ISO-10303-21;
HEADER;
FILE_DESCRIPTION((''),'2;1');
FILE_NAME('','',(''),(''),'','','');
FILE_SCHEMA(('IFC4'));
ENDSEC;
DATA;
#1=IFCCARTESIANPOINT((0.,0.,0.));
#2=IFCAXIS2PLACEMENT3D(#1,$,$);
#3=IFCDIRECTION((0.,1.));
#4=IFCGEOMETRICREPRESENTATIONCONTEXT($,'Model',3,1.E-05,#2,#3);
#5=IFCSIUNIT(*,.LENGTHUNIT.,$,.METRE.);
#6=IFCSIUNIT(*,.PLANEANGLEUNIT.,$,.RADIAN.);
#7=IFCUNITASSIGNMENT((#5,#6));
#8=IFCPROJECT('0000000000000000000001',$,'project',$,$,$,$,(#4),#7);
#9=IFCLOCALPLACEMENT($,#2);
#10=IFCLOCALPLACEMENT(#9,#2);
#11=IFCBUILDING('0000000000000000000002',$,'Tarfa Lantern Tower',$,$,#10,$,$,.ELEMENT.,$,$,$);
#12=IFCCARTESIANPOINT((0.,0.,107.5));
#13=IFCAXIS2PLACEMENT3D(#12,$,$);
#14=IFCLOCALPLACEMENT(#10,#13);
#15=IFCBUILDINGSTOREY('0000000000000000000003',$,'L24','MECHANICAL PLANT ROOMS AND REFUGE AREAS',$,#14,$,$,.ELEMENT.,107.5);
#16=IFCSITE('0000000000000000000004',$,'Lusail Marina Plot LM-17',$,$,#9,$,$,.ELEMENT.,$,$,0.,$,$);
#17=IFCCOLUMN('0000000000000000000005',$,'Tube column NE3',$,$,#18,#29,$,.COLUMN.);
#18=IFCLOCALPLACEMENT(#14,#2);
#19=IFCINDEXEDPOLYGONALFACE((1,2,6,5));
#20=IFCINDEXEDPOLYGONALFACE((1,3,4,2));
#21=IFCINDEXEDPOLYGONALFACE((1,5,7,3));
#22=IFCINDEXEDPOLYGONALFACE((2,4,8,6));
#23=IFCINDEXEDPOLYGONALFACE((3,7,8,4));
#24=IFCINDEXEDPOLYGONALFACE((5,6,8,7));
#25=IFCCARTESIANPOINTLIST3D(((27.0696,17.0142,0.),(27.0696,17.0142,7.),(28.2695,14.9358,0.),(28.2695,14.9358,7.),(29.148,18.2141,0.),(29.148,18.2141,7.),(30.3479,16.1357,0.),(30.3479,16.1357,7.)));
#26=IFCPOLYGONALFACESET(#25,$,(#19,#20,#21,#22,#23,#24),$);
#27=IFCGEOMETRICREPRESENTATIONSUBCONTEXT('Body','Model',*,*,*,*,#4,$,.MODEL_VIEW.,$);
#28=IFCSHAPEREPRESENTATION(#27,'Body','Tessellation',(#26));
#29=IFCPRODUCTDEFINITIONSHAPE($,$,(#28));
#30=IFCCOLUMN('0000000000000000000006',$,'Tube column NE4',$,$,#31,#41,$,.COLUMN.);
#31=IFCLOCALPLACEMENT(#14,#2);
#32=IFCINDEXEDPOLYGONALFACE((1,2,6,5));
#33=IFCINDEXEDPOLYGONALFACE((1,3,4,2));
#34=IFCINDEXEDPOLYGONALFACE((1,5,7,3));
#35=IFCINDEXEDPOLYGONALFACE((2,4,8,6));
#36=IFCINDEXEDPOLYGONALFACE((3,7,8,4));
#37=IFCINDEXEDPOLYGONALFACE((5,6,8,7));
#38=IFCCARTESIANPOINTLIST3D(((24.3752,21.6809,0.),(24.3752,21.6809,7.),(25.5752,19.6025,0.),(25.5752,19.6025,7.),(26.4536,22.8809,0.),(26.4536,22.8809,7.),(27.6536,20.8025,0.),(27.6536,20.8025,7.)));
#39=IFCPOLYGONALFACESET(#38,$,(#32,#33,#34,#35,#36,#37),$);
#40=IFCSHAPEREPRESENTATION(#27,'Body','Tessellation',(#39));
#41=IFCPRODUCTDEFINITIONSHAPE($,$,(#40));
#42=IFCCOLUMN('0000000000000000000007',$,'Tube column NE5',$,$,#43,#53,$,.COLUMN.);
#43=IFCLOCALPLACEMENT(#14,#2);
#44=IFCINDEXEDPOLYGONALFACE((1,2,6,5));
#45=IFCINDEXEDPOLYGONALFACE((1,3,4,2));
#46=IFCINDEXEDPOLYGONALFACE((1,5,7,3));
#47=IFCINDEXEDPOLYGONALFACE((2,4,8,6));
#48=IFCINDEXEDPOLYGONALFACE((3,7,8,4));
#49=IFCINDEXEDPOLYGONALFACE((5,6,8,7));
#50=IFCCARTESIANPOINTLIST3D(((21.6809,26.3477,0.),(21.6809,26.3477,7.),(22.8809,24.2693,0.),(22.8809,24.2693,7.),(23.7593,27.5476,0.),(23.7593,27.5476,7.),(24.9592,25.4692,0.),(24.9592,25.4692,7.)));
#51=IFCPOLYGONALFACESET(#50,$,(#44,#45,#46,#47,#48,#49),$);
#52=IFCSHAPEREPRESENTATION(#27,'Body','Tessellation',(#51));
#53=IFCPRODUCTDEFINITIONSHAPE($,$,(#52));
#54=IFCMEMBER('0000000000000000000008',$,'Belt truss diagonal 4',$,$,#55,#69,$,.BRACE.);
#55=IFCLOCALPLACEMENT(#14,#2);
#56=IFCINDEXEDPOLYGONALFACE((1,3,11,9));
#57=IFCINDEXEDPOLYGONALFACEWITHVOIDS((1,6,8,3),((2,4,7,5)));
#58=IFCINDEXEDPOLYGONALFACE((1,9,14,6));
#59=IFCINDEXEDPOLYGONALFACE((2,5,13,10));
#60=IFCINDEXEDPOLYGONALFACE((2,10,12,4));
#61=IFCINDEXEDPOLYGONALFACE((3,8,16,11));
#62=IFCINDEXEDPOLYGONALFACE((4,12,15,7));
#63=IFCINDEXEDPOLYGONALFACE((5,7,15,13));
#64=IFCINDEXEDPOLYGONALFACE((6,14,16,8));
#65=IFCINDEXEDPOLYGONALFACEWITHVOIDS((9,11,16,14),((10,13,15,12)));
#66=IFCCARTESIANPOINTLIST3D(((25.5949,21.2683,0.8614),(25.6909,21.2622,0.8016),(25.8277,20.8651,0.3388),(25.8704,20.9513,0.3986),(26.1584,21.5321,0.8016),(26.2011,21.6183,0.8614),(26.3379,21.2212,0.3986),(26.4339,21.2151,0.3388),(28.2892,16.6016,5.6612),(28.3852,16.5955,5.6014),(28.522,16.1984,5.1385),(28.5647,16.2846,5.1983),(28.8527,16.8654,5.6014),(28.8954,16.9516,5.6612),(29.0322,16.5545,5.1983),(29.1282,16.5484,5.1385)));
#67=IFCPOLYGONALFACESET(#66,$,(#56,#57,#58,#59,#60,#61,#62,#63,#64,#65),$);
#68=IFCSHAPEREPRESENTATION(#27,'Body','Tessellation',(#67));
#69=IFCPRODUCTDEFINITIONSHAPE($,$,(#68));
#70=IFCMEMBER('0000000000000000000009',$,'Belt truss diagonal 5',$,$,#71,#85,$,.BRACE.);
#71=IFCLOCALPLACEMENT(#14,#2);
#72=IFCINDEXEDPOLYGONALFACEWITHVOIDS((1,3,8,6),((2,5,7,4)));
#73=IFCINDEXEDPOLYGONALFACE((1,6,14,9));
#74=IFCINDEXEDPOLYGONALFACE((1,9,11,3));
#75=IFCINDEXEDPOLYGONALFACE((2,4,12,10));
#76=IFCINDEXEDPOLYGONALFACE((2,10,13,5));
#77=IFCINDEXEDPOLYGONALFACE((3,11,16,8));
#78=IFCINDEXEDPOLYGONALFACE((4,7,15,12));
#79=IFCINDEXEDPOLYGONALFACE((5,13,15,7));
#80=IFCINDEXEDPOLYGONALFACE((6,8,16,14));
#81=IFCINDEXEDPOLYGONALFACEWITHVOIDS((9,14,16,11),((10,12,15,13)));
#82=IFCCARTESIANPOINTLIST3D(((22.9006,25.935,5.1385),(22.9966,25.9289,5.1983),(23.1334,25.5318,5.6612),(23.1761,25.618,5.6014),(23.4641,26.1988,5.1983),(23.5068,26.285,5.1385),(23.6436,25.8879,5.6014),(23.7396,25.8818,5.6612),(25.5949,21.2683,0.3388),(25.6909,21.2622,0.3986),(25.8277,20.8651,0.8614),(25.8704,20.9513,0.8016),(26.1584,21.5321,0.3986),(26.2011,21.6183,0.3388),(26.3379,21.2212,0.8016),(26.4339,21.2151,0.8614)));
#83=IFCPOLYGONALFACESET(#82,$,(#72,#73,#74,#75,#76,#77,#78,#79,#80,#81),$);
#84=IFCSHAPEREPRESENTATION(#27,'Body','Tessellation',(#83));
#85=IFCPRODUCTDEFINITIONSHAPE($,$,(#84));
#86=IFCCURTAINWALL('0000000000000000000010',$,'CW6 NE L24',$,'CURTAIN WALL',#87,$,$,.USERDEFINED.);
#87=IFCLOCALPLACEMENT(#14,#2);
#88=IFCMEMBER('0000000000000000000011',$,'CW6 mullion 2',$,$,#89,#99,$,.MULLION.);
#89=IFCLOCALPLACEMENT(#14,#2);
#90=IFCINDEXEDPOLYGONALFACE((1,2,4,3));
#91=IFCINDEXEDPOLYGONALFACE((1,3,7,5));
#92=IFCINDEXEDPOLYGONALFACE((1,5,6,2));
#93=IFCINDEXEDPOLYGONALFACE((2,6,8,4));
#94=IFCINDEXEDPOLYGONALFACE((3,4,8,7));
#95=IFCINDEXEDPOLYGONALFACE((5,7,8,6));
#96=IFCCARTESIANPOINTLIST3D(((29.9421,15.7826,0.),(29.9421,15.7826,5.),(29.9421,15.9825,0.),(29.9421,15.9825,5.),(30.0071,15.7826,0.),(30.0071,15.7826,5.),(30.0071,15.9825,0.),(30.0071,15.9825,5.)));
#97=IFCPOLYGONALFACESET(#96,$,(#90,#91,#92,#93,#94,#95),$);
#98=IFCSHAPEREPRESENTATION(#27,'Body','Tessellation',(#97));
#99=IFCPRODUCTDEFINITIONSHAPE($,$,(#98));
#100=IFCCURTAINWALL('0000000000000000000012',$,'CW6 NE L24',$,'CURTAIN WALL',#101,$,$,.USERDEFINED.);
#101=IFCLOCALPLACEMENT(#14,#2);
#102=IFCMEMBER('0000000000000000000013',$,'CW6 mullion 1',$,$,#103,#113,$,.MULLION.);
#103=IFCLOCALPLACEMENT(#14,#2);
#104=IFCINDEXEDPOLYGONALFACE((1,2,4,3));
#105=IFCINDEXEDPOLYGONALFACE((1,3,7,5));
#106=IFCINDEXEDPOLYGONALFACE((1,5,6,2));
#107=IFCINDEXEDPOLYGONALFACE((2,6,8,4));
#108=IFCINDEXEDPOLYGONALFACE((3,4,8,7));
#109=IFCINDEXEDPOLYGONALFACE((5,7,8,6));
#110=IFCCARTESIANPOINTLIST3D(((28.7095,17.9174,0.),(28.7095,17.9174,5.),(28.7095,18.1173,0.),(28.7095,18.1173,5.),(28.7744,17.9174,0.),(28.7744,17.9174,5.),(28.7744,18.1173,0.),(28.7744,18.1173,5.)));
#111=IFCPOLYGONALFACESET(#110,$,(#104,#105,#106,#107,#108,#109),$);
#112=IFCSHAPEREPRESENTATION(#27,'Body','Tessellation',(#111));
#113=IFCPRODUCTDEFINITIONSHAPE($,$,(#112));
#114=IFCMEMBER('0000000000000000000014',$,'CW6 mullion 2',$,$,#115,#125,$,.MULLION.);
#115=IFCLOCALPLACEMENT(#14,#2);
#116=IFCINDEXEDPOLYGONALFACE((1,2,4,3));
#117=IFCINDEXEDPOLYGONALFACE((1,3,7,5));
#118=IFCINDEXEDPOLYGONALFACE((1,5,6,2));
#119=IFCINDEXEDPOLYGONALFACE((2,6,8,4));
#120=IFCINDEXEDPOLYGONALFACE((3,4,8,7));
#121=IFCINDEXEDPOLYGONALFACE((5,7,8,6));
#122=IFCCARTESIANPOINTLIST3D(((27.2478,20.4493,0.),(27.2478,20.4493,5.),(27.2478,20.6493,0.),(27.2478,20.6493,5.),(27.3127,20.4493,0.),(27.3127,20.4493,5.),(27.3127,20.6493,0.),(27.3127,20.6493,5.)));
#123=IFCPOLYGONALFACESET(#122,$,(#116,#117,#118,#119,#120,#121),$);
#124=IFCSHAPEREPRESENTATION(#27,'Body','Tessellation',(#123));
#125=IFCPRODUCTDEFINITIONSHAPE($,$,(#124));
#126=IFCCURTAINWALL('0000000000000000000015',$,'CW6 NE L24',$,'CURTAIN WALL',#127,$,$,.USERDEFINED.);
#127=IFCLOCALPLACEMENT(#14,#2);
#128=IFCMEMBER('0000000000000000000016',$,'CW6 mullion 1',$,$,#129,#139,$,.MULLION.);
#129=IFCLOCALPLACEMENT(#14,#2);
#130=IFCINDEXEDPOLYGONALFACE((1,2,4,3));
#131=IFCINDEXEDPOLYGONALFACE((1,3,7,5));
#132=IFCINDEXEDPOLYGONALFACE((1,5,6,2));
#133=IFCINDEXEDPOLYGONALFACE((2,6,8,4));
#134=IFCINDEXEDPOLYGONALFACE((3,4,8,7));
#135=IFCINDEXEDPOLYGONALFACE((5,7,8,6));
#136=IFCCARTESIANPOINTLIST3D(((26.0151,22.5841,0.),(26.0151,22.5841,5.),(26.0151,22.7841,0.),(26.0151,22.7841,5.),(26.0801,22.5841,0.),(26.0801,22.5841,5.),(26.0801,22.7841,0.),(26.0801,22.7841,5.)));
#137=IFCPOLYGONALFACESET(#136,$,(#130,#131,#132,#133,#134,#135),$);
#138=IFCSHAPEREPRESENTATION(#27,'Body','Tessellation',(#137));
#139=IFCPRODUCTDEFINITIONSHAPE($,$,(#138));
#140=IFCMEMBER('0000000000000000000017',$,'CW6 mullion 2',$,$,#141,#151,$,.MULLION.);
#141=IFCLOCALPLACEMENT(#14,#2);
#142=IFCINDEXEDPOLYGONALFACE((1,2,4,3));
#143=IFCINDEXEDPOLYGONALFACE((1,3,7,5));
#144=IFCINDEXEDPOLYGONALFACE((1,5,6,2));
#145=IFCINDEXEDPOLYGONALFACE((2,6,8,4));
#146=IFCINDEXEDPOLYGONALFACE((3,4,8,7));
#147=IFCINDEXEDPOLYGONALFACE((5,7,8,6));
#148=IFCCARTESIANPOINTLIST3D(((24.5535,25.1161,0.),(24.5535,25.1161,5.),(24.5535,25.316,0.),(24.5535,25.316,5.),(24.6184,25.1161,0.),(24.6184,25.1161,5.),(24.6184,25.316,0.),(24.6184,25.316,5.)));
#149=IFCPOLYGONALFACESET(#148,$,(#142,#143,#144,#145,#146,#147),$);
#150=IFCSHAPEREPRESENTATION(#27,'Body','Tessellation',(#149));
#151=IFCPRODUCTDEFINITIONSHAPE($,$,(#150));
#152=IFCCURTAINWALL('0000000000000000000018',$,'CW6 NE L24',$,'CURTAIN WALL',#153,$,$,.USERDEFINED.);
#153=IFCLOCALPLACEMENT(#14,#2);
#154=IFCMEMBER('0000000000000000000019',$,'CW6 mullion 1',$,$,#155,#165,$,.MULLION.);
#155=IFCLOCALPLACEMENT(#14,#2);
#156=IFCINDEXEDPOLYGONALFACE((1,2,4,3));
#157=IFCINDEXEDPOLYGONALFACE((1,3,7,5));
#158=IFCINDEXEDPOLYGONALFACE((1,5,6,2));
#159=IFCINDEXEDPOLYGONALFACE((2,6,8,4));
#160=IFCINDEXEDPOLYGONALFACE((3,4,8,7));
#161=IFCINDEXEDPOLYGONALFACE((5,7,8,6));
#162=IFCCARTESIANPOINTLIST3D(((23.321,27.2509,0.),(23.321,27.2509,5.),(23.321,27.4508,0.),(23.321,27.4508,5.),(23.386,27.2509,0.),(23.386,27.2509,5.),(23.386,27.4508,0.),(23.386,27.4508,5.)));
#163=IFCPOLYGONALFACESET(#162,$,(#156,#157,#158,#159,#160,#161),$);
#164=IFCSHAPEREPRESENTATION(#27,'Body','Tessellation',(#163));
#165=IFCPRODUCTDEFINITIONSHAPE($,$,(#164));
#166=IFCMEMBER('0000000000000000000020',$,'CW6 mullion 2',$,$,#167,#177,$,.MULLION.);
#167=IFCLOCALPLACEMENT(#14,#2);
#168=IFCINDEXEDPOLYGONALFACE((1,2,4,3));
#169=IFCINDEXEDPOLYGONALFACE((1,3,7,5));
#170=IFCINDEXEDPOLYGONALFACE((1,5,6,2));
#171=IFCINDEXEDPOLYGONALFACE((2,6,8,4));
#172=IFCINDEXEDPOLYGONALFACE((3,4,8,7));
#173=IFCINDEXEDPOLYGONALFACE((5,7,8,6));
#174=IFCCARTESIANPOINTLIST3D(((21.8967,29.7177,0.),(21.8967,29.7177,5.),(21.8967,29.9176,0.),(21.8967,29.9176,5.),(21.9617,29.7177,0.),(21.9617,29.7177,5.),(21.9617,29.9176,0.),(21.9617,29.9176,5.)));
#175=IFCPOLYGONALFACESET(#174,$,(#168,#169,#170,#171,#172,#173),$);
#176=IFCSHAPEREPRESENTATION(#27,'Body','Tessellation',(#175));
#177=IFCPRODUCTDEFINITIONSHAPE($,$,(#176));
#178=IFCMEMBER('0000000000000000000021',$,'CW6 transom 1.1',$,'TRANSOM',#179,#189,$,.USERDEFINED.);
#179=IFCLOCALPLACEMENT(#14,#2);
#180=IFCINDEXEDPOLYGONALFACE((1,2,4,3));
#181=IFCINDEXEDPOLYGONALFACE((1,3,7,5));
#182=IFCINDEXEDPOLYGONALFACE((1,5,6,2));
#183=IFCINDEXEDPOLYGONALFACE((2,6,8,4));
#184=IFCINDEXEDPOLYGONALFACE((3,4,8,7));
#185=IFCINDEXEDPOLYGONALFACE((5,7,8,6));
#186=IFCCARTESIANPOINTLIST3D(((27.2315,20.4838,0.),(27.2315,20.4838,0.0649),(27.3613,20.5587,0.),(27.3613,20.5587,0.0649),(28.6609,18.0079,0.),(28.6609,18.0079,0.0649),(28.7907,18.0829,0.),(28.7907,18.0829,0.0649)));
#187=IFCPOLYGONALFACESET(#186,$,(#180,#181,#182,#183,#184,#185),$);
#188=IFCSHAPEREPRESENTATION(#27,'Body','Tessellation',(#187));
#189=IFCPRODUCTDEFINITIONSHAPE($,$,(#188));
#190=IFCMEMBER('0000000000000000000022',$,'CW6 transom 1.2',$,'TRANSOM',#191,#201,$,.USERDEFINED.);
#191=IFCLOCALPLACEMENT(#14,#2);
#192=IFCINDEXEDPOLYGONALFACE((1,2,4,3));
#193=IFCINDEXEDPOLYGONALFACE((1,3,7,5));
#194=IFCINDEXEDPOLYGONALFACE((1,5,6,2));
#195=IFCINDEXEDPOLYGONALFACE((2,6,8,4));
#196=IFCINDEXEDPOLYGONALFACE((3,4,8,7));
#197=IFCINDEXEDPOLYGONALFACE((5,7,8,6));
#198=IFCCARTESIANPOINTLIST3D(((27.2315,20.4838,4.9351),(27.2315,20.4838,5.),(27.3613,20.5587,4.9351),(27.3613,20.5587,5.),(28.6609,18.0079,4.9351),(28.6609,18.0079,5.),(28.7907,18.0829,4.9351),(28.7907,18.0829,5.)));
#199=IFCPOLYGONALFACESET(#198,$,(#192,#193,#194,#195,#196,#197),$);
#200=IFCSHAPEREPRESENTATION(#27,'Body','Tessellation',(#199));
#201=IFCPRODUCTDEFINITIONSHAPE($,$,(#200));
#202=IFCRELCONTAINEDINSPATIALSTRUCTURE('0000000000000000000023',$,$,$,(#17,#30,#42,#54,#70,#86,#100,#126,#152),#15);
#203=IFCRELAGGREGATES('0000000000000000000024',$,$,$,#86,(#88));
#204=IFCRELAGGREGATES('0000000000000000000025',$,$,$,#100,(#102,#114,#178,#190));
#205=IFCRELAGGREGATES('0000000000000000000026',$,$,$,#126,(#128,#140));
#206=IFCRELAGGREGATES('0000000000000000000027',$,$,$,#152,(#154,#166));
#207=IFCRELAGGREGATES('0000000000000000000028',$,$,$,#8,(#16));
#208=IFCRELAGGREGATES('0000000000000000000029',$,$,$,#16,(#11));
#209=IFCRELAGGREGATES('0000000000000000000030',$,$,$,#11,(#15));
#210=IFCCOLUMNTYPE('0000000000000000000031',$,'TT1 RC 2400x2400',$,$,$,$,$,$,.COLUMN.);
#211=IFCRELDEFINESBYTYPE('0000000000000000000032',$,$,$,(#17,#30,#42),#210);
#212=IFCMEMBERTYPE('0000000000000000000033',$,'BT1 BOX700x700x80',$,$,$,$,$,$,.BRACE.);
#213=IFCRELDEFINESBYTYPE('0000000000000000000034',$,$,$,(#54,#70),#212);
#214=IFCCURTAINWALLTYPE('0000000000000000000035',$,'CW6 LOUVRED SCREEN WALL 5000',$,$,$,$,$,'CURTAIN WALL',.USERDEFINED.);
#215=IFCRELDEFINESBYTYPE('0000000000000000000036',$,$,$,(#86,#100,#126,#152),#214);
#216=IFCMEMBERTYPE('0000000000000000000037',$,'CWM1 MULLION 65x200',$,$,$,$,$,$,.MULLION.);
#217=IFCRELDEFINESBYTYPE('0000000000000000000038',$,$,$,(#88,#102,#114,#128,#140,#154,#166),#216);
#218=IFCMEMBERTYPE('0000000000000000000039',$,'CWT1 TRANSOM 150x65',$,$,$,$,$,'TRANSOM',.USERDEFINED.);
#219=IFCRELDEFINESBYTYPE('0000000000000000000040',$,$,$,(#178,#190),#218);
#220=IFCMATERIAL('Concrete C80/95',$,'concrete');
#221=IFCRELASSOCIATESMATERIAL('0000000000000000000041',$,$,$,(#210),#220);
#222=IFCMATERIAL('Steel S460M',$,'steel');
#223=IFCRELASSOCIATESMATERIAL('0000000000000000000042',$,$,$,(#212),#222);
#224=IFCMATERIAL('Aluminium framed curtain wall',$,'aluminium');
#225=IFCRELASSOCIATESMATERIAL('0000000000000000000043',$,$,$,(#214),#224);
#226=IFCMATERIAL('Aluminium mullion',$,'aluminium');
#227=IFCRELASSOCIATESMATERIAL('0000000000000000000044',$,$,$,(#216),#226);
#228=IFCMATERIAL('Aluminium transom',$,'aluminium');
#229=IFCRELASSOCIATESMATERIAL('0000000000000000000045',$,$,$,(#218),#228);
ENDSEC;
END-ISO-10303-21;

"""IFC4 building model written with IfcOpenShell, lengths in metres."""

from ifc_helpers import new_model, si_unit, direction, frame, origin, origin_2d, place, context, subcontext, project, spatial, rectangle, hollow_rectangle, extrude, material, material_profile, profile_set, type_object, element, aggregate, save


model = new_model("IFC4")

# Units and contexts
model_context = context("Model", 3, precision=1e-05, world=origin(), true_north=direction((0.0, 1.0)))
body_context = subcontext(model_context, "Body", "Model", "MODEL_VIEW")
ifc_project = project(units=[si_unit("LENGTHUNIT", "METRE"), si_unit("PLANEANGLEUNIT", "RADIAN")], contexts=[model_context])

# Site, building, storey
site_placement = place(None, origin())
site = spatial("IfcSite", under=ifc_project, at=site_placement, Name="Lusail Marina Plot LM-17", CompositionType="ELEMENT", RefElevation=0.0)
building_placement = place(site_placement, origin())
building = spatial("IfcBuilding", under=site, at=building_placement, Name="Tarfa Lantern Tower", CompositionType="ELEMENT")
storey_placement = place(building_placement, frame((0.0, 0.0, 107.5)))
storey = spatial("IfcBuildingStorey", under=building, at=storey_placement, Name="L24", Description="MECHANICAL PLANT ROOMS AND REFUGE AREAS", CompositionType="ELEMENT", Elevation=107.5)

# Columns
ifc_material_1 = material(Name="Concrete C80/95", Category="concrete")
ifc_material_profile_1 = material_profile(ifc_material_1, rectangle(XDim=2.3999, YDim=2.3999, at=origin_2d()), Name="RC 2400x2400")
ifc_profile_set_1 = profile_set([ifc_material_profile_1], Name="Concrete C80/95")
column_type = type_object("IfcColumnType", Name="TT1 RC 2400x2400", PredefinedType="COLUMN", material=ifc_profile_set_1)
for number, where, z_axis, x_axis, name in (
    (1, (28.7087, 16.575, 0.0), (0.0, 0.0, 1.0), (-0.5, 0.866025, 0.0), "Tube column NE3"),
    (2, (26.0144, 21.2417, 0.0), (0.0, 0.0, 1.0), (-0.5, 0.866025, 0.0), "Tube column NE4"),
    (3, (23.3201, 25.9084, 0.0), (0.0, 0.0, 1.0), (-0.5, 0.866025, 0.0), "Tube column NE5"),
):
    element("IfcColumn", number, at=place(storey_placement, frame(where, z_axis=z_axis, x_axis=x_axis)), inside=storey, type_object=column_type, Name=name, PredefinedType="COLUMN", context=body_context, shape_type="SweptSolid", body=[
        extrude(rectangle(XDim=2.3999, YDim=2.3999, at=origin_2d()), origin(), (0.0, 0.0, 1.0), 7.0),
    ])

# Members
ifc_material_2 = material(Name="Steel S460M", Category="steel")
ifc_material_profile_2 = material_profile(ifc_material_2, hollow_rectangle(XDim=0.7, YDim=0.7, WallThickness=0.0801, at=origin_2d()), Name="BOX700x700x80")
ifc_profile_set_2 = profile_set([ifc_material_profile_2], Name="Steel S460M")
member_type_1 = type_object("IfcMemberType", Name="BT1 BOX700x700x80", PredefinedType="BRACE", material=ifc_profile_set_2)
for number, where, z_axis, x_axis, name in (
    (4, (26.0144, 21.2417, 0.6001), (0.373364, -0.646688, 0.665127), (0.866026, 0.499998, 0.0), "Belt truss diagonal 4"),
    (5, (26.0144, 21.2417, 0.6001), (-0.373364, 0.646688, 0.665127), (-0.866026, -0.499998, 0.0), "Belt truss diagonal 5"),
):
    element("IfcMember", number, at=place(storey_placement, frame(where, z_axis=z_axis, x_axis=x_axis)), inside=storey, type_object=member_type_1, Name=name, PredefinedType="BRACE", context=body_context, shape_type="SweptSolid", body=[
        extrude(hollow_rectangle(XDim=0.7, YDim=0.7, WallThickness=0.0801, at=origin_2d()), origin(), (0.0, 0.0, 1.0), 7.2163),
    ])

# Curtain wall, member
ifc_material_3 = material(Name="Aluminium framed curtain wall", Category="aluminium")
curtain_wall_type = type_object("IfcCurtainWallType", Name="CW6 LOUVRED SCREEN WALL 5000", ElementType="CURTAIN WALL", PredefinedType="USERDEFINED", material=ifc_material_3)
curtain_wall_1_placement = place(storey_placement, origin())
curtain_wall_1 = element("IfcCurtainWall", 6, at=curtain_wall_1_placement, inside=storey, type_object=curtain_wall_type, Name="CW6 NE L24", ObjectType="CURTAIN WALL", PredefinedType="USERDEFINED")
ifc_material_4 = material(Name="Aluminium mullion", Category="aluminium")
ifc_material_profile_3 = material_profile(ifc_material_4, rectangle(XDim=0.0649, YDim=0.2, at=origin_2d()), Name="AL MULLION 65x200")
ifc_profile_set_3 = profile_set([ifc_material_profile_3], Name="Aluminium mullion")
member_type_2 = type_object("IfcMemberType", Name="CWM1 MULLION 65x200", PredefinedType="MULLION", material=ifc_profile_set_3)
member_1_placement = place(storey_placement, frame((29.9746, 15.8826, 0.0), z_axis=(0.0, 0.0, 1.0), x_axis=(1.0, 0.0, 0.0)))
member_1 = element("IfcMember", 7, at=member_1_placement, type_object=member_type_2, Name="CW6 mullion 2", PredefinedType="MULLION", context=body_context, shape_type="SweptSolid", body=[
    extrude(rectangle(XDim=0.0649, YDim=0.2, at=origin_2d()), origin(), (0.0, 0.0, 1.0), 5.0),
])

# Curtain walls, members
curtain_wall_2_placement = place(storey_placement, origin())
curtain_wall_2 = element("IfcCurtainWall", 8, at=curtain_wall_2_placement, inside=storey, type_object=curtain_wall_type, Name="CW6 NE L24", ObjectType="CURTAIN WALL", PredefinedType="USERDEFINED")
member_2_placement = place(storey_placement, frame((28.7419, 18.0173, 0.0), z_axis=(0.0, 0.0, 1.0), x_axis=(1.0, 0.0, 0.0)))
member_2 = element("IfcMember", 9, at=member_2_placement, type_object=member_type_2, Name="CW6 mullion 1", PredefinedType="MULLION", context=body_context, shape_type="SweptSolid", body=[
    extrude(rectangle(XDim=0.0649, YDim=0.2, at=origin_2d()), origin(), (0.0, 0.0, 1.0), 5.0),
])
member_3_placement = place(storey_placement, frame((27.2803, 20.5493, 0.0), z_axis=(0.0, 0.0, 1.0), x_axis=(1.0, 0.0, 0.0)))
member_3 = element("IfcMember", 10, at=member_3_placement, type_object=member_type_2, Name="CW6 mullion 2", PredefinedType="MULLION", context=body_context, shape_type="SweptSolid", body=[
    extrude(rectangle(XDim=0.0649, YDim=0.2, at=origin_2d()), origin(), (0.0, 0.0, 1.0), 5.0),
])
curtain_wall_3_placement = place(storey_placement, origin())
curtain_wall_3 = element("IfcCurtainWall", 11, at=curtain_wall_3_placement, inside=storey, type_object=curtain_wall_type, Name="CW6 NE L24", ObjectType="CURTAIN WALL", PredefinedType="USERDEFINED")
member_4_placement = place(storey_placement, frame((26.0476, 22.6841, 0.0), z_axis=(0.0, 0.0, 1.0), x_axis=(1.0, 0.0, 0.0)))
member_4 = element("IfcMember", 12, at=member_4_placement, type_object=member_type_2, Name="CW6 mullion 1", PredefinedType="MULLION", context=body_context, shape_type="SweptSolid", body=[
    extrude(rectangle(XDim=0.0649, YDim=0.2, at=origin_2d()), origin(), (0.0, 0.0, 1.0), 5.0),
])
member_5_placement = place(storey_placement, frame((24.5859, 25.2161, 0.0), z_axis=(0.0, 0.0, 1.0), x_axis=(1.0, 0.0, 0.0)))
member_5 = element("IfcMember", 13, at=member_5_placement, type_object=member_type_2, Name="CW6 mullion 2", PredefinedType="MULLION", context=body_context, shape_type="SweptSolid", body=[
    extrude(rectangle(XDim=0.0649, YDim=0.2, at=origin_2d()), origin(), (0.0, 0.0, 1.0), 5.0),
])
curtain_wall_4_placement = place(storey_placement, origin())
curtain_wall_4 = element("IfcCurtainWall", 14, at=curtain_wall_4_placement, inside=storey, type_object=curtain_wall_type, Name="CW6 NE L24", ObjectType="CURTAIN WALL", PredefinedType="USERDEFINED")
member_6_placement = place(storey_placement, frame((23.3535, 27.3508, 0.0), z_axis=(0.0, 0.0, 1.0), x_axis=(1.0, 0.0, 0.0)))
member_6 = element("IfcMember", 15, at=member_6_placement, type_object=member_type_2, Name="CW6 mullion 1", PredefinedType="MULLION", context=body_context, shape_type="SweptSolid", body=[
    extrude(rectangle(XDim=0.0649, YDim=0.2, at=origin_2d()), origin(), (0.0, 0.0, 1.0), 5.0),
])
member_7_placement = place(storey_placement, frame((21.9292, 29.8176, 0.0), z_axis=(0.0, 0.0, 1.0), x_axis=(1.0, 0.0, 0.0)))
member_7 = element("IfcMember", 16, at=member_7_placement, type_object=member_type_2, Name="CW6 mullion 2", PredefinedType="MULLION", context=body_context, shape_type="SweptSolid", body=[
    extrude(rectangle(XDim=0.0649, YDim=0.2, at=origin_2d()), origin(), (0.0, 0.0, 1.0), 5.0),
])

# Members
ifc_material_5 = material(Name="Aluminium transom", Category="aluminium")
ifc_material_profile_4 = material_profile(ifc_material_5, rectangle(XDim=0.1499, YDim=0.0649, at=origin_2d()), Name="AL TRANSOM 150x65")
ifc_profile_set_4 = profile_set([ifc_material_profile_4], Name="Aluminium transom")
member_type_3 = type_object("IfcMemberType", Name="CWT1 TRANSOM 150x65", ElementType="TRANSOM", PredefinedType="USERDEFINED", material=ifc_profile_set_4)
member_8_placement = place(storey_placement, frame((28.7258, 18.0454, 0.0325), z_axis=(-0.500006, 0.866022, 0.0), x_axis=(-0.866022, -0.500006, 0.0)))
member_8 = element("IfcMember", 17, at=member_8_placement, type_object=member_type_3, Name="CW6 transom 1.1", ObjectType="TRANSOM", PredefinedType="USERDEFINED", context=body_context, shape_type="SweptSolid", body=[
    extrude(rectangle(XDim=0.1499, YDim=0.0649, at=origin_2d()), origin(), (0.0, 0.0, 1.0), 2.8589),
])
member_9_placement = place(storey_placement, frame((28.7258, 18.0454, 4.9675), z_axis=(-0.500006, 0.866022, 0.0), x_axis=(-0.866022, -0.500006, 0.0)))
member_9 = element("IfcMember", 18, at=member_9_placement, type_object=member_type_3, Name="CW6 transom 1.2", ObjectType="TRANSOM", PredefinedType="USERDEFINED", context=body_context, shape_type="SweptSolid", body=[
    extrude(rectangle(XDim=0.1499, YDim=0.0649, at=origin_2d()), origin(), (0.0, 0.0, 1.0), 2.8589),
])

aggregate(curtain_wall_1, [member_1])
aggregate(curtain_wall_2, [member_2, member_3, member_8, member_9])
aggregate(curtain_wall_3, [member_4, member_5])
aggregate(curtain_wall_4, [member_6, member_7])

save(model, "model.ifc")
